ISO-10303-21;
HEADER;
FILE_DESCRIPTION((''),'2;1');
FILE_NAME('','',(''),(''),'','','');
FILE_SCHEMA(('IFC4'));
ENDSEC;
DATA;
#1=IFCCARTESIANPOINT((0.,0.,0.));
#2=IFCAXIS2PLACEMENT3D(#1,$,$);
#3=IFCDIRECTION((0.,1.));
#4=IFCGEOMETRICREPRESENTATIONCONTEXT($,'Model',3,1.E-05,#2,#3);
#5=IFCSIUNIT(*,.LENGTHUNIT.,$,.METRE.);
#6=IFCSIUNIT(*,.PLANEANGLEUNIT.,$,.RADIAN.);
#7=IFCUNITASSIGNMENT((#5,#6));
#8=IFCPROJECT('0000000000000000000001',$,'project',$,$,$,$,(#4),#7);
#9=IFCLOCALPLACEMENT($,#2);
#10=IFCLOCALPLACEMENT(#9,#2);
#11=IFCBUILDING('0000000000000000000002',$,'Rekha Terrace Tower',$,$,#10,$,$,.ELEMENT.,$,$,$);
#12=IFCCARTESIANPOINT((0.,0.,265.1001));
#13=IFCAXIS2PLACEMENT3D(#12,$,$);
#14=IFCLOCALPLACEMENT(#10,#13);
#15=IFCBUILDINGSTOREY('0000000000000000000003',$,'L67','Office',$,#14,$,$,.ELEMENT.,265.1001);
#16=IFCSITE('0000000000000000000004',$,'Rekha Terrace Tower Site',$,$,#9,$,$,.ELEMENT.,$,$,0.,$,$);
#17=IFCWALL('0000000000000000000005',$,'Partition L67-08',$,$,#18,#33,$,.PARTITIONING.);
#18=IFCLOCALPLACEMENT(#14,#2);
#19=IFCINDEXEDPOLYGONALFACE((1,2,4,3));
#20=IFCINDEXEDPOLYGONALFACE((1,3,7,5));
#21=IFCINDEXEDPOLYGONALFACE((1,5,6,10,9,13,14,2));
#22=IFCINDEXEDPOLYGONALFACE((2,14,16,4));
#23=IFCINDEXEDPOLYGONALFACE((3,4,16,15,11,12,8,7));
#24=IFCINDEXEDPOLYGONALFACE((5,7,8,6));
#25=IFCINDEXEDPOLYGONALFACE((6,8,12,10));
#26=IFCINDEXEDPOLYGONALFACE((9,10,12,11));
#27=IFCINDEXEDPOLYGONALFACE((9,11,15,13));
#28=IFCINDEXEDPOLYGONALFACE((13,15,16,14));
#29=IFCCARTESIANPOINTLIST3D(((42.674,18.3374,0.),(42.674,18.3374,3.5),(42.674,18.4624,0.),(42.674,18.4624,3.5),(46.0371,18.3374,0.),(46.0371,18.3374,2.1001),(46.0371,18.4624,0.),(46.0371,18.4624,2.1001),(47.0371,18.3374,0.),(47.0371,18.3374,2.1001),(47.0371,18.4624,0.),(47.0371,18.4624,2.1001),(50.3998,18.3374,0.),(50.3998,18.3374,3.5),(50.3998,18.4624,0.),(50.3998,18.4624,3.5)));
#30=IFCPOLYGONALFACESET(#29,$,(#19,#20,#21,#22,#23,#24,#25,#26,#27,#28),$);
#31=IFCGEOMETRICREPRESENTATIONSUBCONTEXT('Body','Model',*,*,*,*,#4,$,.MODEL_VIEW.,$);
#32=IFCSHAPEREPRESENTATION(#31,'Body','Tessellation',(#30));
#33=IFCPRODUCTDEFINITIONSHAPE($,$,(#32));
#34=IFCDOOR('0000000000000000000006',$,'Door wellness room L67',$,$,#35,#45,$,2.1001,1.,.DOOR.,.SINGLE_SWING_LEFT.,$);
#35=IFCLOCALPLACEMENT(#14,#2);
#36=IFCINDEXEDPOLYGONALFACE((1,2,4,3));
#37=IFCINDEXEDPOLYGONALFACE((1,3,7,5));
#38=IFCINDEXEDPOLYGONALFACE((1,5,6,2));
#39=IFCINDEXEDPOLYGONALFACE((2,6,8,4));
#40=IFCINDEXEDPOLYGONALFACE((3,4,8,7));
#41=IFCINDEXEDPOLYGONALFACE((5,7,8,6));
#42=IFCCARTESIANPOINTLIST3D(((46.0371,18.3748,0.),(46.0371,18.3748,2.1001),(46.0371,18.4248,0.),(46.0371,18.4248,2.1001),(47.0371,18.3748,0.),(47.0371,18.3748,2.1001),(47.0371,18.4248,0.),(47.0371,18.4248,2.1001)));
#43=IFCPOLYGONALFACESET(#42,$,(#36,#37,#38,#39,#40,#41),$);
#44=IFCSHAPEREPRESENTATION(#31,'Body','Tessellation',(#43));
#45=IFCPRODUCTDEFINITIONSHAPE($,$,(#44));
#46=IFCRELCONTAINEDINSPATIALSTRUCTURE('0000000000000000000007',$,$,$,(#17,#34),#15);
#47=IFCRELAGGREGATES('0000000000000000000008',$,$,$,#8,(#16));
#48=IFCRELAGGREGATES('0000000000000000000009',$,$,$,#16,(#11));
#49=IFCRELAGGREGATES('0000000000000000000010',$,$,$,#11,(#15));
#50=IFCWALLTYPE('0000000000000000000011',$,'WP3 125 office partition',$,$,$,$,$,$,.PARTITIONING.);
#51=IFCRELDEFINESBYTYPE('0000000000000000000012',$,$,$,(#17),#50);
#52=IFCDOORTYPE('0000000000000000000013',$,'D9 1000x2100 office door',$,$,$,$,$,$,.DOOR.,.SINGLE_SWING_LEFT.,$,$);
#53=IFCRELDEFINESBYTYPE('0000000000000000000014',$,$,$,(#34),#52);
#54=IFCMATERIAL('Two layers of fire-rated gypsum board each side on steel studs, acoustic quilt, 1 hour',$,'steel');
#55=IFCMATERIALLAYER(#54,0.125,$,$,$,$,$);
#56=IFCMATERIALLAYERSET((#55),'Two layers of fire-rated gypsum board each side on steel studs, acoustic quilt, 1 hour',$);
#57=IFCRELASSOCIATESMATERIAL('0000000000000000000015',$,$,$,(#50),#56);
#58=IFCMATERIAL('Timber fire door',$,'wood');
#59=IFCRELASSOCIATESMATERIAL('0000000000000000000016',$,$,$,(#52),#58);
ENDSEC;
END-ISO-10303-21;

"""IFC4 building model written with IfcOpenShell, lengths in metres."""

from ifc_helpers import new_model, si_unit, direction, frame, frame_2d, origin, place, context, subcontext, project, spatial, rectangle, extrude, material, layer, layer_set, type_object, element, fill, save


model = new_model("IFC4")

# Units and contexts
model_context = context("Model", 3, precision=1e-05, world=origin(), true_north=direction((0.0, 1.0)))
body_context = subcontext(model_context, "Body", "Model", "MODEL_VIEW")
ifc_project = project(units=[si_unit("LENGTHUNIT", "METRE"), si_unit("PLANEANGLEUNIT", "RADIAN")], contexts=[model_context])

# Site, building, storey
site_placement = place(None, origin())
site = spatial("IfcSite", under=ifc_project, at=site_placement, Name="Rekha Terrace Tower Site", CompositionType="ELEMENT", RefElevation=0.0)
building_placement = place(site_placement, origin())
building = spatial("IfcBuilding", under=site, at=building_placement, Name="Rekha Terrace Tower", CompositionType="ELEMENT")
storey_placement = place(building_placement, frame((0.0, 0.0, 265.1001)))
storey = spatial("IfcBuildingStorey", under=building, at=storey_placement, Name="L67", Description="Office", CompositionType="ELEMENT", Elevation=265.1001)

# Shared definitions
ifc_material_1 = material(Name="Two layers of fire-rated gypsum board each side on steel studs, acoustic quilt, 1 hour", Category="steel")
ifc_layer_1 = layer(ifc_material_1, 0.125)
ifc_layer_set_1 = layer_set([ifc_layer_1], Name="Two layers of fire-rated gypsum board each side on steel studs, acoustic quilt, 1 hour")
wall_type = type_object("IfcWallType", Name="WP3 125 office partition", PredefinedType="PARTITIONING", material=ifc_layer_set_1)

# Wall, opening, door
wall_1_placement = place(storey_placement, frame((42.6741, 18.3999, 0.0), z_axis=(0.0, 0.0, 1.0), x_axis=(1.0, 0.0, 0.0)))
wall_1 = element("IfcWall", 1, at=wall_1_placement, inside=storey, type_object=wall_type, Name="Partition L67-08", PredefinedType="PARTITIONING", context=body_context, shape_type="SweptSolid", body=[
    extrude(rectangle(XDim=7.7258, YDim=0.125, at=frame_2d((3.8628, 0.0))), origin(), (0.0, 0.0, 1.0), 3.5),
])
opening_placement = place(wall_1_placement, frame((3.363, 0.0, 0.0)))
opening = element("IfcOpeningElement", 2, at=opening_placement, cuts=wall_1, PredefinedType="OPENING", context=body_context, shape_type="SweptSolid", body=[
    extrude(rectangle(XDim=1.0, YDim=2.1001, at=frame_2d((0.5, 1.05))), frame((0.0, 0.0725, 0.0), z_axis=(0.0, -1.0, 0.0), x_axis=(1.0, 0.0, 0.0)), (0.0, 0.0, 1.0), 0.145),
])
ifc_material_2 = material(Name="Timber fire door", Category="wood")
door_type = type_object("IfcDoorType", Name="D9 1000x2100 office door", OperationType="SINGLE_SWING_LEFT", PredefinedType="DOOR", material=ifc_material_2)
door_placement = place(opening_placement, origin())
door = element("IfcDoor", 3, at=door_placement, inside=storey, type_object=door_type, Name="Door wellness room L67", OperationType="SINGLE_SWING_LEFT", OverallHeight=2.1001, OverallWidth=1.0, PredefinedType="DOOR", context=body_context, shape_type="SweptSolid", body=[
    extrude(rectangle(XDim=1.0, YDim=2.1001, at=frame_2d((0.5, 1.05))), frame((0.0, 0.0249, 0.0), z_axis=(0.0, -1.0, 0.0), x_axis=(1.0, 0.0, 0.0)), (0.0, 0.0, 1.0), 0.05),
])
fill(opening, door)

save(model, "model.ifc")
